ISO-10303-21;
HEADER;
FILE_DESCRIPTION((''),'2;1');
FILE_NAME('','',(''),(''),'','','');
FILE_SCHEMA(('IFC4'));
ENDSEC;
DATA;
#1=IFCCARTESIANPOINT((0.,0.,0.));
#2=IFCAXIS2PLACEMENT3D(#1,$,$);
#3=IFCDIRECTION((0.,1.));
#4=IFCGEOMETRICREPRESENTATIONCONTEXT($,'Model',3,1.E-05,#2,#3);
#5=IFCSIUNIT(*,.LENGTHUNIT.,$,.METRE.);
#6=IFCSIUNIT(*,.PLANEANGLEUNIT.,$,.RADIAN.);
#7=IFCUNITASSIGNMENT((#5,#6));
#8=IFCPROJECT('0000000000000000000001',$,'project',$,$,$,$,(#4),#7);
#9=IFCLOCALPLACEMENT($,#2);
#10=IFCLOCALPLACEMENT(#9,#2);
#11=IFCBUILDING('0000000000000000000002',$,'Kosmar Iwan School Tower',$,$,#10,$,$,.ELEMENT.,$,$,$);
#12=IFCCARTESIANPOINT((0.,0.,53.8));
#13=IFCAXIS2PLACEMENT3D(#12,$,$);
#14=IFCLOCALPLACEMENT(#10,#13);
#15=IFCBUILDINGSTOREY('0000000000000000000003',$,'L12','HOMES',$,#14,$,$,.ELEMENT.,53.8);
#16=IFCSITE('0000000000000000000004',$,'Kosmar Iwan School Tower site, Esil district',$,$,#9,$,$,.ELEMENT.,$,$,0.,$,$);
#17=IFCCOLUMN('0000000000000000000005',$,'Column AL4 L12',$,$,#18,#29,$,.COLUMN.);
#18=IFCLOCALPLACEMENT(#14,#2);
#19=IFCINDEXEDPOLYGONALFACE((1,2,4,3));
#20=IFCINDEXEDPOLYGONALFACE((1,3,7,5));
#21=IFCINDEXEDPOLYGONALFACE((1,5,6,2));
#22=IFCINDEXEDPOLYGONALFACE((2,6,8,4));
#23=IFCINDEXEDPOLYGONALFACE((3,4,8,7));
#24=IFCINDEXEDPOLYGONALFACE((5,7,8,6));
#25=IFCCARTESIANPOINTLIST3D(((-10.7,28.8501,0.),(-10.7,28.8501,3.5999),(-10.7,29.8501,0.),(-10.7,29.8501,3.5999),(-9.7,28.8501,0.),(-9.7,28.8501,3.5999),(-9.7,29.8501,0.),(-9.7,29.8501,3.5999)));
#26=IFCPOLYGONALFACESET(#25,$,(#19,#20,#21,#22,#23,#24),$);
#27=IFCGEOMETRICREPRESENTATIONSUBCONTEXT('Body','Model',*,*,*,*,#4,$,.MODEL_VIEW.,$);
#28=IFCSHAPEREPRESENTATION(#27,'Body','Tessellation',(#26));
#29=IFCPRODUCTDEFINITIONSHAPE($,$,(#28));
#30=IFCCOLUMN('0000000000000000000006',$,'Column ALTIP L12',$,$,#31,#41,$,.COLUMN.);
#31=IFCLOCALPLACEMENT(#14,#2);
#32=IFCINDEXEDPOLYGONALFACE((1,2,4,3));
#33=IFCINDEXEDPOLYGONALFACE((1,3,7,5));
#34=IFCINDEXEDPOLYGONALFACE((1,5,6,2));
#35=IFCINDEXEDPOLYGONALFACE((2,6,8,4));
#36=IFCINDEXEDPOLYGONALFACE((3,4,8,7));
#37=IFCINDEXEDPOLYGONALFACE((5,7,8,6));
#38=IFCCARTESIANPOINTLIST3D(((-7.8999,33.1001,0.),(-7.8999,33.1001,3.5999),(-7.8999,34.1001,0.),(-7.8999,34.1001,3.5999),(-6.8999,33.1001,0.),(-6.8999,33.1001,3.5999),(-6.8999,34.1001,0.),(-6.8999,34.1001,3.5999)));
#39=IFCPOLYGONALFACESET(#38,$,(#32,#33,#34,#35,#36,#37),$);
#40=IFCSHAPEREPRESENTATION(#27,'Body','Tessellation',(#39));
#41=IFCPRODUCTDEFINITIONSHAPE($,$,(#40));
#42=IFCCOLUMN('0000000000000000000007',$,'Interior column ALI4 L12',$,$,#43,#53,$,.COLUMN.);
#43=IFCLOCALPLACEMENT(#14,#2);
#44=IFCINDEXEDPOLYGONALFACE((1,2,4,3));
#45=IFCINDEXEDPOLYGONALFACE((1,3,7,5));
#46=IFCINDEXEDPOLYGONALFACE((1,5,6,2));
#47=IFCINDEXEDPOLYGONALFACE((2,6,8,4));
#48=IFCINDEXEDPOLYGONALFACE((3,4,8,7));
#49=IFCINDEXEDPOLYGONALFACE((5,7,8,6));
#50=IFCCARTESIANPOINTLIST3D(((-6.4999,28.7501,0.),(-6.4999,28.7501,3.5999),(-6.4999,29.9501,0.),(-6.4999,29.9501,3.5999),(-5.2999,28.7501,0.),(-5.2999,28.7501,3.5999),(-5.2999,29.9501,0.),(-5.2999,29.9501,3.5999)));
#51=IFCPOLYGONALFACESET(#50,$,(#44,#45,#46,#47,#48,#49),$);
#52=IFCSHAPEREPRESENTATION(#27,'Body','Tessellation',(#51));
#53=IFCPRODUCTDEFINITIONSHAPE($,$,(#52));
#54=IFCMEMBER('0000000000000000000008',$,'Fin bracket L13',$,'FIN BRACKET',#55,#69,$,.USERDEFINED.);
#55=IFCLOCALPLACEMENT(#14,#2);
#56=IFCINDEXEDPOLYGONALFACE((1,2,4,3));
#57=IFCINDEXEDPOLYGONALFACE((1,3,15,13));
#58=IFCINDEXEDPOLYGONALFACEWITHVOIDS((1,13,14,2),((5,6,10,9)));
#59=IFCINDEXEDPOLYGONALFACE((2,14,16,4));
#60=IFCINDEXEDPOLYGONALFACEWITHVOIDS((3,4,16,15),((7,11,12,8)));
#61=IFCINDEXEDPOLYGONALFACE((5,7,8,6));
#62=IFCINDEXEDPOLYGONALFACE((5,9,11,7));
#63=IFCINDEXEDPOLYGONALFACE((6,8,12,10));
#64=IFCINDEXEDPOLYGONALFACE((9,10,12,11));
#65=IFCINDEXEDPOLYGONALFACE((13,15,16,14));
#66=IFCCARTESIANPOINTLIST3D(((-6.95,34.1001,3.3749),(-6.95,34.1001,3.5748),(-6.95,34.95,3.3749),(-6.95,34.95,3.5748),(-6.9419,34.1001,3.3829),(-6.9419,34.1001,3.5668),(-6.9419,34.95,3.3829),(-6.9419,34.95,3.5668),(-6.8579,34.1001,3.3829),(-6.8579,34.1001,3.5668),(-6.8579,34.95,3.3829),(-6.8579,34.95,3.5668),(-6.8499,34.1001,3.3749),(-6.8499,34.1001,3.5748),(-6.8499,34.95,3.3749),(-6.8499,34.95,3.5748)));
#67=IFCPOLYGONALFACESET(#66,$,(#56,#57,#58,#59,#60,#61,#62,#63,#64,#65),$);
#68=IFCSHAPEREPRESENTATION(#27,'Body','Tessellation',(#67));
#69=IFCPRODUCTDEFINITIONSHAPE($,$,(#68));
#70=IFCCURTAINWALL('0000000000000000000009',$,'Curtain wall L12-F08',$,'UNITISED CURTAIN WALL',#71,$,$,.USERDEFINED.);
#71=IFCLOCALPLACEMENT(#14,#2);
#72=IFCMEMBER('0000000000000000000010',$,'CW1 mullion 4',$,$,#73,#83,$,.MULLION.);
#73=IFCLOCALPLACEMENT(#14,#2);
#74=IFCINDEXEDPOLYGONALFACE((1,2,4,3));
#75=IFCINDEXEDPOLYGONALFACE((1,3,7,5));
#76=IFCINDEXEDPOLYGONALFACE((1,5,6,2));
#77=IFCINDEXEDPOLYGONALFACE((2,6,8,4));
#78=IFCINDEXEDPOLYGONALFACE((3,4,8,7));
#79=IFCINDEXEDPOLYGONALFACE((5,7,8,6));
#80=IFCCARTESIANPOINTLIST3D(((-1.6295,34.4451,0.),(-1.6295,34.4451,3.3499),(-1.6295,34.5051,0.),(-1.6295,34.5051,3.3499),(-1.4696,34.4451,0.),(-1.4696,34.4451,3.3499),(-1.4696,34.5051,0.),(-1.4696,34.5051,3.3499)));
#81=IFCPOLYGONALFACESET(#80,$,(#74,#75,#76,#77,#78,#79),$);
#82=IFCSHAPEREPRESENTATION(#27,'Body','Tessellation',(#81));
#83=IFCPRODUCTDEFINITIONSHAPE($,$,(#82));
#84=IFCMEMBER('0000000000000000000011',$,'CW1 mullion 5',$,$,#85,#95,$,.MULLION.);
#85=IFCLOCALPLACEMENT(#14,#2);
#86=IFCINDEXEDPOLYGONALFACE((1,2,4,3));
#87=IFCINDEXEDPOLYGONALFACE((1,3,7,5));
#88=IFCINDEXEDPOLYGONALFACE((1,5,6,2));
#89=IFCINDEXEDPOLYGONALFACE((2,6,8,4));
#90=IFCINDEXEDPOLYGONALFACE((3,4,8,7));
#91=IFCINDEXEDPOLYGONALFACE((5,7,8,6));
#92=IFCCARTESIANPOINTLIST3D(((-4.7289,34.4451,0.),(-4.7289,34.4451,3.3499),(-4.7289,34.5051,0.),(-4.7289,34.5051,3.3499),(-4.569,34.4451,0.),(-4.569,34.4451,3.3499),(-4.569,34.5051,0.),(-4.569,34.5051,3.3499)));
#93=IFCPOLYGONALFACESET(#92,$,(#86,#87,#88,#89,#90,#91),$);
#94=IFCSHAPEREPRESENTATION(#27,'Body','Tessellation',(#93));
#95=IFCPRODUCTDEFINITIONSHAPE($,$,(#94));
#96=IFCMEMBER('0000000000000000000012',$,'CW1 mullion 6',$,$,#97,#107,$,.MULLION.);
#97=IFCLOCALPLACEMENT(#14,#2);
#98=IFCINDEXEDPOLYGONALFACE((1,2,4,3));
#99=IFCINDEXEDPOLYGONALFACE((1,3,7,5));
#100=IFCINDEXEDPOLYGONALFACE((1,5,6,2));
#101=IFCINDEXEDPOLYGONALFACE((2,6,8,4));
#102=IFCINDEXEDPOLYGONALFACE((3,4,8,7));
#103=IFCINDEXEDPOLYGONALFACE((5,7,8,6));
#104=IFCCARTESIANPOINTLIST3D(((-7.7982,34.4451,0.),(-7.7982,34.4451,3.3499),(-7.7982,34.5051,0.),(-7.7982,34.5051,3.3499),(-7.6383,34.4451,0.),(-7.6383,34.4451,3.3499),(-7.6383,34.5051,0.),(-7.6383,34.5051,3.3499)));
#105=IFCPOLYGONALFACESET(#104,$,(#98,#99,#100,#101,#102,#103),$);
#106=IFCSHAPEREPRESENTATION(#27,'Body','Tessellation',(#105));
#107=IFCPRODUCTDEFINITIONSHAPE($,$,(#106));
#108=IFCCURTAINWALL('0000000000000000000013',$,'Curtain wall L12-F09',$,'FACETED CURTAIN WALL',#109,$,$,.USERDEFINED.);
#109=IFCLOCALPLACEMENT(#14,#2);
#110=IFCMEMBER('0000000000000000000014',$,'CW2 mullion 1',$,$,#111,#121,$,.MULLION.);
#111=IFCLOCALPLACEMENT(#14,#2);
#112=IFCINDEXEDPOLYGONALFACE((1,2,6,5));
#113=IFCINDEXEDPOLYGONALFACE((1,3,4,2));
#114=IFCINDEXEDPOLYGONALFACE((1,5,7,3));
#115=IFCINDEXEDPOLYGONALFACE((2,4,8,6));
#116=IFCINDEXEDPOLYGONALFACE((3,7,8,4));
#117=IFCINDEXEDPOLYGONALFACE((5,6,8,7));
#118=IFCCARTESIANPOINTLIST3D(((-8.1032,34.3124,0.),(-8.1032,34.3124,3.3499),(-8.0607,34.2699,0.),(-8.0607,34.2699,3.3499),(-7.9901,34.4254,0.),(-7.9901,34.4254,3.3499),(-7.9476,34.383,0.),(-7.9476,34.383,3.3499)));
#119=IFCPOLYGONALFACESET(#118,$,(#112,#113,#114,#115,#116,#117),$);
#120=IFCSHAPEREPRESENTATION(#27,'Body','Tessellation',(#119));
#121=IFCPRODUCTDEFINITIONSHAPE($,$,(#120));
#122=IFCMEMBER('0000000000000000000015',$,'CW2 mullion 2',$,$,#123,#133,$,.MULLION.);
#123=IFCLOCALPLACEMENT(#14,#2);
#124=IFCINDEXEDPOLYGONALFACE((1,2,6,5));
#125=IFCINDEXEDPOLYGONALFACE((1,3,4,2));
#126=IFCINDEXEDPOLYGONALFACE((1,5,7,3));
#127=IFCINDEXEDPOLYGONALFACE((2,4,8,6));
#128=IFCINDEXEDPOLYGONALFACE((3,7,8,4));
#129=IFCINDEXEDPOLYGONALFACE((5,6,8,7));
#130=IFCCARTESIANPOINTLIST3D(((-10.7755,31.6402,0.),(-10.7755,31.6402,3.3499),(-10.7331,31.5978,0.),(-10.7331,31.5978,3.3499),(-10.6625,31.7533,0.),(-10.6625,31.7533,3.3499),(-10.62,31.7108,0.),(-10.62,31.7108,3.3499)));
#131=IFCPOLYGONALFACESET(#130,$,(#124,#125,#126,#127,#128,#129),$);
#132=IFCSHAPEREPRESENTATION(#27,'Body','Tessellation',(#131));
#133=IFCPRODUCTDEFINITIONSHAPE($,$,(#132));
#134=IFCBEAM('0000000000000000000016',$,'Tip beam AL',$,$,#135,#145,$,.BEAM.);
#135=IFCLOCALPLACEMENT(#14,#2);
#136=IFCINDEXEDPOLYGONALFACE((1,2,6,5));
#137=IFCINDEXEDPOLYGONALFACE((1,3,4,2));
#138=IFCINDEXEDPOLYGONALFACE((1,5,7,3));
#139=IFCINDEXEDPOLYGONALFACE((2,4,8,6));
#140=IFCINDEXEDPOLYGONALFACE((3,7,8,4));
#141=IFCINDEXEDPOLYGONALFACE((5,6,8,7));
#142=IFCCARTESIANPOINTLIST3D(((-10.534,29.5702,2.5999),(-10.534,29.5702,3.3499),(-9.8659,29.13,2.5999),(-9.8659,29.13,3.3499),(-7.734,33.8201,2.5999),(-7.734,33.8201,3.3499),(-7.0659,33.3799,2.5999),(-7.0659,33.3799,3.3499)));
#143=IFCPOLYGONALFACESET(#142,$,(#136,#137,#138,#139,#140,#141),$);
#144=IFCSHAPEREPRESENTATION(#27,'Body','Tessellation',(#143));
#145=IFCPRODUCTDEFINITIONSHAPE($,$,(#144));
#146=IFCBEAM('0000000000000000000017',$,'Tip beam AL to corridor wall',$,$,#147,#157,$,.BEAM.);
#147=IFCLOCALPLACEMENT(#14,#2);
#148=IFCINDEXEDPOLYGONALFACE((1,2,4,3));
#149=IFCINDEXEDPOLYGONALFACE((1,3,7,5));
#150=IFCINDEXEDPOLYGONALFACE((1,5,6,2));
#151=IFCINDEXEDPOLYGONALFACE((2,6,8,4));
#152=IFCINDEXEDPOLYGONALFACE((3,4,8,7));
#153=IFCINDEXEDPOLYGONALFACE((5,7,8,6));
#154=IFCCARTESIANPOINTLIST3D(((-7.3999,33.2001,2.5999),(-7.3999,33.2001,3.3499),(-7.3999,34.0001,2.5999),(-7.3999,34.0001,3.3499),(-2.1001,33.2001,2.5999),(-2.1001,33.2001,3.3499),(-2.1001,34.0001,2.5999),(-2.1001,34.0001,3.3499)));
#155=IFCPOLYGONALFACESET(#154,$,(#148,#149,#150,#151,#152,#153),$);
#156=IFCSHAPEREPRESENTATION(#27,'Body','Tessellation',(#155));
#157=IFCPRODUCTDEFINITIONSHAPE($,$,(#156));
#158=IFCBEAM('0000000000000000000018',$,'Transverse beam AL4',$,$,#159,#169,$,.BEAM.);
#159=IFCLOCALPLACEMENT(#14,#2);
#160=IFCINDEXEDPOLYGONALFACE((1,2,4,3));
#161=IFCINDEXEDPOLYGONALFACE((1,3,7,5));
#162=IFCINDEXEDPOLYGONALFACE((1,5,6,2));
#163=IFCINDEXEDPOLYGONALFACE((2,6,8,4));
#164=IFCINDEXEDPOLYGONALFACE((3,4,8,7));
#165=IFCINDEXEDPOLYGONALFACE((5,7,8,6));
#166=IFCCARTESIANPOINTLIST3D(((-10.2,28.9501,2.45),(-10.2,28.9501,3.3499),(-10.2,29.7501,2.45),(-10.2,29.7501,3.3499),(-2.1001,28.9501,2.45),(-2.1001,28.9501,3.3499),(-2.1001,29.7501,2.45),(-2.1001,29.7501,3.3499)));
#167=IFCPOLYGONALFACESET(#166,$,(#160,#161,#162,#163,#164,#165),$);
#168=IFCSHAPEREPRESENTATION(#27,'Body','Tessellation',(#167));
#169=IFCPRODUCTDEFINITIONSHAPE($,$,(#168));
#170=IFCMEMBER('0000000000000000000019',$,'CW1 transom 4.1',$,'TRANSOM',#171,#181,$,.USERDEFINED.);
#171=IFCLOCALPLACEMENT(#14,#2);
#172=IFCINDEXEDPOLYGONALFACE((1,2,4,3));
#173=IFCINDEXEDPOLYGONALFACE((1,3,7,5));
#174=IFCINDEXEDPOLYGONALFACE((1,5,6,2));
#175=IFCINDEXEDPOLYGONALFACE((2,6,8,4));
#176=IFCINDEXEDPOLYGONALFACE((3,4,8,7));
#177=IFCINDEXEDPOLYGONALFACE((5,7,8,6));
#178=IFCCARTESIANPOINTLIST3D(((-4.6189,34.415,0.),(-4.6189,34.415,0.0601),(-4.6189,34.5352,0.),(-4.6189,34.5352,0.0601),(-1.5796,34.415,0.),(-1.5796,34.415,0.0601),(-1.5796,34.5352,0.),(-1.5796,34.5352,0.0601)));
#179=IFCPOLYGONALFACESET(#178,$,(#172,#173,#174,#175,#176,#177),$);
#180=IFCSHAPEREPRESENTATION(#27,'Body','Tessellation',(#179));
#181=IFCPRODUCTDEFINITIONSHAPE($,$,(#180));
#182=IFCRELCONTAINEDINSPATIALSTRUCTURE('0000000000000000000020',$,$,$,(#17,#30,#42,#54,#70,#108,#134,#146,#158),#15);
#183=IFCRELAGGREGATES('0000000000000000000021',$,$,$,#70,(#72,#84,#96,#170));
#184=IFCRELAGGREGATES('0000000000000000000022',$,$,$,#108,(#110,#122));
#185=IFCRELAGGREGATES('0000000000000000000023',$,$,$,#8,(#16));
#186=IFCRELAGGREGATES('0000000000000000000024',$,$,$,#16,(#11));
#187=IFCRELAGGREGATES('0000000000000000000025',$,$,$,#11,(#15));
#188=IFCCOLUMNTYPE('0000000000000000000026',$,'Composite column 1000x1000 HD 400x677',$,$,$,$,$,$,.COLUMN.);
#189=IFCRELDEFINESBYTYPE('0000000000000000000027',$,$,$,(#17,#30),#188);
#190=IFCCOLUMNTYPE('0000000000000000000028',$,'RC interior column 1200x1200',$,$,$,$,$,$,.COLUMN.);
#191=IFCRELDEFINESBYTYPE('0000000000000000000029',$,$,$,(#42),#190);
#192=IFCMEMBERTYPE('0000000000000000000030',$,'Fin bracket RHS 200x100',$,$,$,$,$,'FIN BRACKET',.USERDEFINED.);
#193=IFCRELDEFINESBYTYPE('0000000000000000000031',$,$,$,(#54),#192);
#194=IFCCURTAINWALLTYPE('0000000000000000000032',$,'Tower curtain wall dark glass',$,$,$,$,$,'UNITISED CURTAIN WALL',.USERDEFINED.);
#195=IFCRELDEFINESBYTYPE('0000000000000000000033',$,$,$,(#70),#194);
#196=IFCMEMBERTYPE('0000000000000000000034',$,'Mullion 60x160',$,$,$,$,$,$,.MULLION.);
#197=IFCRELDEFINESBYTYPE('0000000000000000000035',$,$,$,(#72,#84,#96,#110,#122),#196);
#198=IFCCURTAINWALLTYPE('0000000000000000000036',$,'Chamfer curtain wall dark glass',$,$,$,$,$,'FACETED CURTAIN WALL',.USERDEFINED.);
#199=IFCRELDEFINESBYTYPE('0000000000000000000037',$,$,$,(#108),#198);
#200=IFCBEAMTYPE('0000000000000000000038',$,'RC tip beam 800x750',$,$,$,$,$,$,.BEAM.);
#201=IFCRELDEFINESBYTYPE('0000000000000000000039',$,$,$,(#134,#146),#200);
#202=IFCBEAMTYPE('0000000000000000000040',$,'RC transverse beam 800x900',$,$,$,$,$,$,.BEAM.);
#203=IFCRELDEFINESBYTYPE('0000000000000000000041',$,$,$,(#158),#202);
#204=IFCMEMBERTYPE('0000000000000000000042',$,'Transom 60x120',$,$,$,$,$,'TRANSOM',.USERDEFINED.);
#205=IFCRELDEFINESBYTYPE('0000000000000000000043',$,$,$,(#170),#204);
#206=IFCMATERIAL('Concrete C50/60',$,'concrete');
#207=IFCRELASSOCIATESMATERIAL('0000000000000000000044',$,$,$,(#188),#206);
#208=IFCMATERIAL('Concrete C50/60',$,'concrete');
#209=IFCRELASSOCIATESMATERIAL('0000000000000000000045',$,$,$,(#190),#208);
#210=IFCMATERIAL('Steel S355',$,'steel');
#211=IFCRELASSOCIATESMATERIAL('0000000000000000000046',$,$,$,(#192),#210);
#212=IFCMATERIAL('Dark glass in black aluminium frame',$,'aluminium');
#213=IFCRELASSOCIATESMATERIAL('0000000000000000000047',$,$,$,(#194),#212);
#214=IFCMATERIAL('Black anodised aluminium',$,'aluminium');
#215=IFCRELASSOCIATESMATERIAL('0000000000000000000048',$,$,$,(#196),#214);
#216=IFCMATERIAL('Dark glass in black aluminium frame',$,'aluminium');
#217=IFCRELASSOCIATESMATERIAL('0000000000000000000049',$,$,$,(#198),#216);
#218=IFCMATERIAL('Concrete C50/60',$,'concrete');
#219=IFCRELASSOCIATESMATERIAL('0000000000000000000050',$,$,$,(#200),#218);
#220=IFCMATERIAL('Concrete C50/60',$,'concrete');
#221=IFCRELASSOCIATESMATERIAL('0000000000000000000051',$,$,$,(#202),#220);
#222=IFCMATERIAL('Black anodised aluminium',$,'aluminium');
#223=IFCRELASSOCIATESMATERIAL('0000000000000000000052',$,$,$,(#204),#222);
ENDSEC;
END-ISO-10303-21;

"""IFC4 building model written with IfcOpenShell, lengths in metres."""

from ifc_helpers import new_model, si_unit, direction, frame, origin, origin_2d, place, context, subcontext, project, spatial, rectangle, hollow_rectangle, extrude, material, material_profile, profile_set, type_object, element, aggregate, save


model = new_model("IFC4")

# Units and contexts
model_context = context("Model", 3, precision=1e-05, world=origin(), true_north=direction((0.0, 1.0)))
body_context = subcontext(model_context, "Body", "Model", "MODEL_VIEW")
ifc_project = project(units=[si_unit("LENGTHUNIT", "METRE"), si_unit("PLANEANGLEUNIT", "RADIAN")], contexts=[model_context])

# Site, building, storey
site_placement = place(None, origin())
site = spatial("IfcSite", under=ifc_project, at=site_placement, Name="Kosmar Iwan School Tower site, Esil district", CompositionType="ELEMENT", RefElevation=0.0)
building_placement = place(site_placement, origin())
building = spatial("IfcBuilding", under=site, at=building_placement, Name="Kosmar Iwan School Tower", CompositionType="ELEMENT")
storey_placement = place(building_placement, frame((0.0, 0.0, 53.8)))
storey = spatial("IfcBuildingStorey", under=building, at=storey_placement, Name="L12", Description="HOMES", CompositionType="ELEMENT", Elevation=53.8)

# Columns
ifc_material_1 = material(Name="Concrete C50/60", Category="concrete")
ifc_material_profile_1 = material_profile(ifc_material_1, rectangle(XDim=1.0, YDim=1.0, at=origin_2d()), Name="RC 1000x1000 + HD 400x677")
ifc_profile_set_1 = profile_set([ifc_material_profile_1], Name="Concrete C50/60")
column_type_1 = type_object("IfcColumnType", Name="Composite column 1000x1000 HD 400x677", PredefinedType="COLUMN", material=ifc_profile_set_1)
for number, where, z_axis, x_axis, name in (
    (1, (-10.2, 29.3501, 0.0), (0.0, 0.0, 1.0), (0.0, 1.0, 0.0), "Column AL4 L12"),
    (2, (-7.3999, 33.6001, 0.0), (0.0, 0.0, 1.0), (0.0, 1.0, 0.0), "Column ALTIP L12"),
):
    element("IfcColumn", number, at=place(storey_placement, frame(where, z_axis=z_axis, x_axis=x_axis)), inside=storey, type_object=column_type_1, Name=name, PredefinedType="COLUMN", context=body_context, shape_type="SweptSolid", body=[
        extrude(rectangle(XDim=1.0, YDim=1.0, at=origin_2d()), origin(), (0.0, 0.0, 1.0), 3.5999),
    ])
ifc_material_2 = material(Name="Concrete C50/60", Category="concrete")
ifc_material_profile_2 = material_profile(ifc_material_2, rectangle(XDim=1.2, YDim=1.2, at=origin_2d()), Name="RC 1200x1200")
ifc_profile_set_2 = profile_set([ifc_material_profile_2], Name="Concrete C50/60")
column_type_2 = type_object("IfcColumnType", Name="RC interior column 1200x1200", PredefinedType="COLUMN", material=ifc_profile_set_2)
column_placement = place(storey_placement, frame((-5.8999, 29.3501, 0.0), z_axis=(0.0, 0.0, 1.0), x_axis=(0.0, 1.0, 0.0)))
element("IfcColumn", 3, at=column_placement, inside=storey, type_object=column_type_2, Name="Interior column ALI4 L12", PredefinedType="COLUMN", context=body_context, shape_type="SweptSolid", body=[
    extrude(rectangle(XDim=1.2, YDim=1.2, at=origin_2d()), origin(), (0.0, 0.0, 1.0), 3.5999),
])

# Member
ifc_material_3 = material(Name="Steel S355", Category="steel")
ifc_material_profile_3 = material_profile(ifc_material_3, hollow_rectangle(XDim=0.1001, YDim=0.2, WallThickness=0.0081, at=origin_2d()), Name="RHS 200x100x8")
ifc_profile_set_3 = profile_set([ifc_material_profile_3], Name="Steel S355")
member_type_1 = type_object("IfcMemberType", Name="Fin bracket RHS 200x100", ElementType="FIN BRACKET", PredefinedType="USERDEFINED", material=ifc_profile_set_3)
member_1_placement = place(storey_placement, frame((-6.8999, 34.1001, 3.4749), z_axis=(0.0, 1.0, 0.0), x_axis=(-1.0, 0.0, 0.0)))
element("IfcMember", 4, at=member_1_placement, inside=storey, type_object=member_type_1, Name="Fin bracket L13", ObjectType="FIN BRACKET", PredefinedType="USERDEFINED", context=body_context, shape_type="SweptSolid", body=[
    extrude(hollow_rectangle(XDim=0.1001, YDim=0.2, WallThickness=0.0081, at=origin_2d()), origin(), (0.0, 0.0, 1.0), 0.8499),
])

# Curtain walls, members
ifc_material_4 = material(Name="Dark glass in black aluminium frame", Category="aluminium")
curtain_wall_type_1 = type_object("IfcCurtainWallType", Name="Tower curtain wall dark glass", ElementType="UNITISED CURTAIN WALL", PredefinedType="USERDEFINED", material=ifc_material_4)
curtain_wall_1_placement = place(storey_placement, origin())
curtain_wall_1 = element("IfcCurtainWall", 5, at=curtain_wall_1_placement, inside=storey, type_object=curtain_wall_type_1, Name="Curtain wall L12-F08", ObjectType="UNITISED CURTAIN WALL", PredefinedType="USERDEFINED")
ifc_material_5 = material(Name="Black anodised aluminium", Category="aluminium")
ifc_material_profile_4 = material_profile(ifc_material_5, rectangle(XDim=0.0601, YDim=0.1599, at=origin_2d()), Name="MULLION 60x160")
ifc_profile_set_4 = profile_set([ifc_material_profile_4], Name="Black anodised aluminium")
member_type_2 = type_object("IfcMemberType", Name="Mullion 60x160", PredefinedType="MULLION", material=ifc_profile_set_4)
member_2_placement = place(storey_placement, frame((-1.5496, 34.4751, 0.0), z_axis=(0.0, 0.0, 1.0), x_axis=(0.0, -1.0, 0.0)))
member_2 = element("IfcMember", 6, at=member_2_placement, type_object=member_type_2, Name="CW1 mullion 4", PredefinedType="MULLION", context=body_context, shape_type="SweptSolid", body=[
    extrude(rectangle(XDim=0.0601, YDim=0.1599, at=origin_2d()), origin(), (0.0, 0.0, 1.0), 3.3499),
])
member_3_placement = place(storey_placement, frame((-4.6489, 34.4751, 0.0), z_axis=(0.0, 0.0, 1.0), x_axis=(0.0, -1.0, 0.0)))
member_3 = element("IfcMember", 7, at=member_3_placement, type_object=member_type_2, Name="CW1 mullion 5", PredefinedType="MULLION", context=body_context, shape_type="SweptSolid", body=[
    extrude(rectangle(XDim=0.0601, YDim=0.1599, at=origin_2d()), origin(), (0.0, 0.0, 1.0), 3.3499),
])
member_4_placement = place(storey_placement, frame((-7.7183, 34.4751, 0.0), z_axis=(0.0, 0.0, 1.0), x_axis=(0.0, -1.0, 0.0)))
member_4 = element("IfcMember", 8, at=member_4_placement, type_object=member_type_2, Name="CW1 mullion 6", PredefinedType="MULLION", context=body_context, shape_type="SweptSolid", body=[
    extrude(rectangle(XDim=0.0601, YDim=0.1599, at=origin_2d()), origin(), (0.0, 0.0, 1.0), 3.3499),
])
ifc_material_6 = material(Name="Dark glass in black aluminium frame", Category="aluminium")
curtain_wall_type_2 = type_object("IfcCurtainWallType", Name="Chamfer curtain wall dark glass", ElementType="FACETED CURTAIN WALL", PredefinedType="USERDEFINED", material=ifc_material_6)
curtain_wall_2_placement = place(storey_placement, origin())
curtain_wall_2 = element("IfcCurtainWall", 9, at=curtain_wall_2_placement, inside=storey, type_object=curtain_wall_type_2, Name="Curtain wall L12-F09", ObjectType="FACETED CURTAIN WALL", PredefinedType="USERDEFINED")
member_5_placement = place(storey_placement, frame((-8.0254, 34.3477, 0.0), z_axis=(0.0, 0.0, 1.0), x_axis=(0.707107, -0.707107, 0.0)))
member_5 = element("IfcMember", 10, at=member_5_placement, type_object=member_type_2, Name="CW2 mullion 1", PredefinedType="MULLION", context=body_context, shape_type="SweptSolid", body=[
    extrude(rectangle(XDim=0.0601, YDim=0.1599, at=origin_2d()), origin(), (0.0, 0.0, 1.0), 3.3499),
])
member_6_placement = place(storey_placement, frame((-10.6978, 31.6755, 0.0), z_axis=(0.0, 0.0, 1.0), x_axis=(0.707107, -0.707107, 0.0)))
member_6 = element("IfcMember", 11, at=member_6_placement, type_object=member_type_2, Name="CW2 mullion 2", PredefinedType="MULLION", context=body_context, shape_type="SweptSolid", body=[
    extrude(rectangle(XDim=0.0601, YDim=0.1599, at=origin_2d()), origin(), (0.0, 0.0, 1.0), 3.3499),
])

# Beams
ifc_material_7 = material(Name="Concrete C50/60", Category="concrete")
ifc_material_profile_5 = material_profile(ifc_material_7, rectangle(XDim=0.8, YDim=0.75, at=origin_2d()), Name="RC 800x750")
ifc_profile_set_5 = profile_set([ifc_material_profile_5], Name="Concrete C50/60")
beam_type_1 = type_object("IfcBeamType", Name="RC tip beam 800x750", PredefinedType="BEAM", material=ifc_profile_set_5)
beam_1_placement = place(storey_placement, frame((-10.2, 29.3501, 2.9749), z_axis=(0.550164, 0.835056, 0.0), x_axis=(-0.835056, 0.550164, 0.0)))
element("IfcBeam", 12, at=beam_1_placement, inside=storey, type_object=beam_type_1, Name="Tip beam AL", PredefinedType="BEAM", context=body_context, shape_type="SweptSolid", body=[
    extrude(rectangle(XDim=0.8, YDim=0.75, at=origin_2d()), origin(), (0.0, 0.0, 1.0), 5.0894),
])
beam_2_placement = place(storey_placement, frame((-7.3999, 33.6001, 2.9749), z_axis=(1.0, 0.0, 0.0), x_axis=(0.0, 1.0, 0.0)))
element("IfcBeam", 13, at=beam_2_placement, inside=storey, type_object=beam_type_1, Name="Tip beam AL to corridor wall", PredefinedType="BEAM", context=body_context, shape_type="SweptSolid", body=[
    extrude(rectangle(XDim=0.8, YDim=0.75, at=origin_2d()), origin(), (0.0, 0.0, 1.0), 5.2998),
])
ifc_material_8 = material(Name="Concrete C50/60", Category="concrete")
ifc_material_profile_6 = material_profile(ifc_material_8, rectangle(XDim=0.8, YDim=0.8999, at=origin_2d()), Name="RC 800x900")
ifc_profile_set_6 = profile_set([ifc_material_profile_6], Name="Concrete C50/60")
beam_type_2 = type_object("IfcBeamType", Name="RC transverse beam 800x900", PredefinedType="BEAM", material=ifc_profile_set_6)
beam_3_placement = place(storey_placement, frame((-10.2, 29.3501, 2.8999), z_axis=(1.0, 0.0, 0.0), x_axis=(0.0, 1.0, 0.0)))
element("IfcBeam", 14, at=beam_3_placement, inside=storey, type_object=beam_type_2, Name="Transverse beam AL4", PredefinedType="BEAM", context=body_context, shape_type="SweptSolid", body=[
    extrude(rectangle(XDim=0.8, YDim=0.8999, at=origin_2d()), origin(), (0.0, 0.0, 1.0), 8.0999),
])

# Member
ifc_material_9 = material(Name="Black anodised aluminium", Category="aluminium")
ifc_material_profile_7 = material_profile(ifc_material_9, rectangle(XDim=0.1201, YDim=0.0601, at=origin_2d()), Name="TRANSOM 60x120")
ifc_profile_set_7 = profile_set([ifc_material_profile_7], Name="Black anodised aluminium")
member_type_3 = type_object("IfcMemberType", Name="Transom 60x120", ElementType="TRANSOM", PredefinedType="USERDEFINED", material=ifc_profile_set_7)
member_7_placement = place(storey_placement, frame((-1.5796, 34.4751, 0.03), z_axis=(-1.0, 0.0, 0.0), x_axis=(0.0, -1.0, 0.0)))
member_7 = element("IfcMember", 15, at=member_7_placement, type_object=member_type_3, Name="CW1 transom 4.1", ObjectType="TRANSOM", PredefinedType="USERDEFINED", context=body_context, shape_type="SweptSolid", body=[
    extrude(rectangle(XDim=0.1201, YDim=0.0601, at=origin_2d()), origin(), (0.0, 0.0, 1.0), 3.0393),
])

aggregate(curtain_wall_1, [member_2, member_3, member_4, member_7])
aggregate(curtain_wall_2, [member_5, member_6])

save(model, "model.ifc")
